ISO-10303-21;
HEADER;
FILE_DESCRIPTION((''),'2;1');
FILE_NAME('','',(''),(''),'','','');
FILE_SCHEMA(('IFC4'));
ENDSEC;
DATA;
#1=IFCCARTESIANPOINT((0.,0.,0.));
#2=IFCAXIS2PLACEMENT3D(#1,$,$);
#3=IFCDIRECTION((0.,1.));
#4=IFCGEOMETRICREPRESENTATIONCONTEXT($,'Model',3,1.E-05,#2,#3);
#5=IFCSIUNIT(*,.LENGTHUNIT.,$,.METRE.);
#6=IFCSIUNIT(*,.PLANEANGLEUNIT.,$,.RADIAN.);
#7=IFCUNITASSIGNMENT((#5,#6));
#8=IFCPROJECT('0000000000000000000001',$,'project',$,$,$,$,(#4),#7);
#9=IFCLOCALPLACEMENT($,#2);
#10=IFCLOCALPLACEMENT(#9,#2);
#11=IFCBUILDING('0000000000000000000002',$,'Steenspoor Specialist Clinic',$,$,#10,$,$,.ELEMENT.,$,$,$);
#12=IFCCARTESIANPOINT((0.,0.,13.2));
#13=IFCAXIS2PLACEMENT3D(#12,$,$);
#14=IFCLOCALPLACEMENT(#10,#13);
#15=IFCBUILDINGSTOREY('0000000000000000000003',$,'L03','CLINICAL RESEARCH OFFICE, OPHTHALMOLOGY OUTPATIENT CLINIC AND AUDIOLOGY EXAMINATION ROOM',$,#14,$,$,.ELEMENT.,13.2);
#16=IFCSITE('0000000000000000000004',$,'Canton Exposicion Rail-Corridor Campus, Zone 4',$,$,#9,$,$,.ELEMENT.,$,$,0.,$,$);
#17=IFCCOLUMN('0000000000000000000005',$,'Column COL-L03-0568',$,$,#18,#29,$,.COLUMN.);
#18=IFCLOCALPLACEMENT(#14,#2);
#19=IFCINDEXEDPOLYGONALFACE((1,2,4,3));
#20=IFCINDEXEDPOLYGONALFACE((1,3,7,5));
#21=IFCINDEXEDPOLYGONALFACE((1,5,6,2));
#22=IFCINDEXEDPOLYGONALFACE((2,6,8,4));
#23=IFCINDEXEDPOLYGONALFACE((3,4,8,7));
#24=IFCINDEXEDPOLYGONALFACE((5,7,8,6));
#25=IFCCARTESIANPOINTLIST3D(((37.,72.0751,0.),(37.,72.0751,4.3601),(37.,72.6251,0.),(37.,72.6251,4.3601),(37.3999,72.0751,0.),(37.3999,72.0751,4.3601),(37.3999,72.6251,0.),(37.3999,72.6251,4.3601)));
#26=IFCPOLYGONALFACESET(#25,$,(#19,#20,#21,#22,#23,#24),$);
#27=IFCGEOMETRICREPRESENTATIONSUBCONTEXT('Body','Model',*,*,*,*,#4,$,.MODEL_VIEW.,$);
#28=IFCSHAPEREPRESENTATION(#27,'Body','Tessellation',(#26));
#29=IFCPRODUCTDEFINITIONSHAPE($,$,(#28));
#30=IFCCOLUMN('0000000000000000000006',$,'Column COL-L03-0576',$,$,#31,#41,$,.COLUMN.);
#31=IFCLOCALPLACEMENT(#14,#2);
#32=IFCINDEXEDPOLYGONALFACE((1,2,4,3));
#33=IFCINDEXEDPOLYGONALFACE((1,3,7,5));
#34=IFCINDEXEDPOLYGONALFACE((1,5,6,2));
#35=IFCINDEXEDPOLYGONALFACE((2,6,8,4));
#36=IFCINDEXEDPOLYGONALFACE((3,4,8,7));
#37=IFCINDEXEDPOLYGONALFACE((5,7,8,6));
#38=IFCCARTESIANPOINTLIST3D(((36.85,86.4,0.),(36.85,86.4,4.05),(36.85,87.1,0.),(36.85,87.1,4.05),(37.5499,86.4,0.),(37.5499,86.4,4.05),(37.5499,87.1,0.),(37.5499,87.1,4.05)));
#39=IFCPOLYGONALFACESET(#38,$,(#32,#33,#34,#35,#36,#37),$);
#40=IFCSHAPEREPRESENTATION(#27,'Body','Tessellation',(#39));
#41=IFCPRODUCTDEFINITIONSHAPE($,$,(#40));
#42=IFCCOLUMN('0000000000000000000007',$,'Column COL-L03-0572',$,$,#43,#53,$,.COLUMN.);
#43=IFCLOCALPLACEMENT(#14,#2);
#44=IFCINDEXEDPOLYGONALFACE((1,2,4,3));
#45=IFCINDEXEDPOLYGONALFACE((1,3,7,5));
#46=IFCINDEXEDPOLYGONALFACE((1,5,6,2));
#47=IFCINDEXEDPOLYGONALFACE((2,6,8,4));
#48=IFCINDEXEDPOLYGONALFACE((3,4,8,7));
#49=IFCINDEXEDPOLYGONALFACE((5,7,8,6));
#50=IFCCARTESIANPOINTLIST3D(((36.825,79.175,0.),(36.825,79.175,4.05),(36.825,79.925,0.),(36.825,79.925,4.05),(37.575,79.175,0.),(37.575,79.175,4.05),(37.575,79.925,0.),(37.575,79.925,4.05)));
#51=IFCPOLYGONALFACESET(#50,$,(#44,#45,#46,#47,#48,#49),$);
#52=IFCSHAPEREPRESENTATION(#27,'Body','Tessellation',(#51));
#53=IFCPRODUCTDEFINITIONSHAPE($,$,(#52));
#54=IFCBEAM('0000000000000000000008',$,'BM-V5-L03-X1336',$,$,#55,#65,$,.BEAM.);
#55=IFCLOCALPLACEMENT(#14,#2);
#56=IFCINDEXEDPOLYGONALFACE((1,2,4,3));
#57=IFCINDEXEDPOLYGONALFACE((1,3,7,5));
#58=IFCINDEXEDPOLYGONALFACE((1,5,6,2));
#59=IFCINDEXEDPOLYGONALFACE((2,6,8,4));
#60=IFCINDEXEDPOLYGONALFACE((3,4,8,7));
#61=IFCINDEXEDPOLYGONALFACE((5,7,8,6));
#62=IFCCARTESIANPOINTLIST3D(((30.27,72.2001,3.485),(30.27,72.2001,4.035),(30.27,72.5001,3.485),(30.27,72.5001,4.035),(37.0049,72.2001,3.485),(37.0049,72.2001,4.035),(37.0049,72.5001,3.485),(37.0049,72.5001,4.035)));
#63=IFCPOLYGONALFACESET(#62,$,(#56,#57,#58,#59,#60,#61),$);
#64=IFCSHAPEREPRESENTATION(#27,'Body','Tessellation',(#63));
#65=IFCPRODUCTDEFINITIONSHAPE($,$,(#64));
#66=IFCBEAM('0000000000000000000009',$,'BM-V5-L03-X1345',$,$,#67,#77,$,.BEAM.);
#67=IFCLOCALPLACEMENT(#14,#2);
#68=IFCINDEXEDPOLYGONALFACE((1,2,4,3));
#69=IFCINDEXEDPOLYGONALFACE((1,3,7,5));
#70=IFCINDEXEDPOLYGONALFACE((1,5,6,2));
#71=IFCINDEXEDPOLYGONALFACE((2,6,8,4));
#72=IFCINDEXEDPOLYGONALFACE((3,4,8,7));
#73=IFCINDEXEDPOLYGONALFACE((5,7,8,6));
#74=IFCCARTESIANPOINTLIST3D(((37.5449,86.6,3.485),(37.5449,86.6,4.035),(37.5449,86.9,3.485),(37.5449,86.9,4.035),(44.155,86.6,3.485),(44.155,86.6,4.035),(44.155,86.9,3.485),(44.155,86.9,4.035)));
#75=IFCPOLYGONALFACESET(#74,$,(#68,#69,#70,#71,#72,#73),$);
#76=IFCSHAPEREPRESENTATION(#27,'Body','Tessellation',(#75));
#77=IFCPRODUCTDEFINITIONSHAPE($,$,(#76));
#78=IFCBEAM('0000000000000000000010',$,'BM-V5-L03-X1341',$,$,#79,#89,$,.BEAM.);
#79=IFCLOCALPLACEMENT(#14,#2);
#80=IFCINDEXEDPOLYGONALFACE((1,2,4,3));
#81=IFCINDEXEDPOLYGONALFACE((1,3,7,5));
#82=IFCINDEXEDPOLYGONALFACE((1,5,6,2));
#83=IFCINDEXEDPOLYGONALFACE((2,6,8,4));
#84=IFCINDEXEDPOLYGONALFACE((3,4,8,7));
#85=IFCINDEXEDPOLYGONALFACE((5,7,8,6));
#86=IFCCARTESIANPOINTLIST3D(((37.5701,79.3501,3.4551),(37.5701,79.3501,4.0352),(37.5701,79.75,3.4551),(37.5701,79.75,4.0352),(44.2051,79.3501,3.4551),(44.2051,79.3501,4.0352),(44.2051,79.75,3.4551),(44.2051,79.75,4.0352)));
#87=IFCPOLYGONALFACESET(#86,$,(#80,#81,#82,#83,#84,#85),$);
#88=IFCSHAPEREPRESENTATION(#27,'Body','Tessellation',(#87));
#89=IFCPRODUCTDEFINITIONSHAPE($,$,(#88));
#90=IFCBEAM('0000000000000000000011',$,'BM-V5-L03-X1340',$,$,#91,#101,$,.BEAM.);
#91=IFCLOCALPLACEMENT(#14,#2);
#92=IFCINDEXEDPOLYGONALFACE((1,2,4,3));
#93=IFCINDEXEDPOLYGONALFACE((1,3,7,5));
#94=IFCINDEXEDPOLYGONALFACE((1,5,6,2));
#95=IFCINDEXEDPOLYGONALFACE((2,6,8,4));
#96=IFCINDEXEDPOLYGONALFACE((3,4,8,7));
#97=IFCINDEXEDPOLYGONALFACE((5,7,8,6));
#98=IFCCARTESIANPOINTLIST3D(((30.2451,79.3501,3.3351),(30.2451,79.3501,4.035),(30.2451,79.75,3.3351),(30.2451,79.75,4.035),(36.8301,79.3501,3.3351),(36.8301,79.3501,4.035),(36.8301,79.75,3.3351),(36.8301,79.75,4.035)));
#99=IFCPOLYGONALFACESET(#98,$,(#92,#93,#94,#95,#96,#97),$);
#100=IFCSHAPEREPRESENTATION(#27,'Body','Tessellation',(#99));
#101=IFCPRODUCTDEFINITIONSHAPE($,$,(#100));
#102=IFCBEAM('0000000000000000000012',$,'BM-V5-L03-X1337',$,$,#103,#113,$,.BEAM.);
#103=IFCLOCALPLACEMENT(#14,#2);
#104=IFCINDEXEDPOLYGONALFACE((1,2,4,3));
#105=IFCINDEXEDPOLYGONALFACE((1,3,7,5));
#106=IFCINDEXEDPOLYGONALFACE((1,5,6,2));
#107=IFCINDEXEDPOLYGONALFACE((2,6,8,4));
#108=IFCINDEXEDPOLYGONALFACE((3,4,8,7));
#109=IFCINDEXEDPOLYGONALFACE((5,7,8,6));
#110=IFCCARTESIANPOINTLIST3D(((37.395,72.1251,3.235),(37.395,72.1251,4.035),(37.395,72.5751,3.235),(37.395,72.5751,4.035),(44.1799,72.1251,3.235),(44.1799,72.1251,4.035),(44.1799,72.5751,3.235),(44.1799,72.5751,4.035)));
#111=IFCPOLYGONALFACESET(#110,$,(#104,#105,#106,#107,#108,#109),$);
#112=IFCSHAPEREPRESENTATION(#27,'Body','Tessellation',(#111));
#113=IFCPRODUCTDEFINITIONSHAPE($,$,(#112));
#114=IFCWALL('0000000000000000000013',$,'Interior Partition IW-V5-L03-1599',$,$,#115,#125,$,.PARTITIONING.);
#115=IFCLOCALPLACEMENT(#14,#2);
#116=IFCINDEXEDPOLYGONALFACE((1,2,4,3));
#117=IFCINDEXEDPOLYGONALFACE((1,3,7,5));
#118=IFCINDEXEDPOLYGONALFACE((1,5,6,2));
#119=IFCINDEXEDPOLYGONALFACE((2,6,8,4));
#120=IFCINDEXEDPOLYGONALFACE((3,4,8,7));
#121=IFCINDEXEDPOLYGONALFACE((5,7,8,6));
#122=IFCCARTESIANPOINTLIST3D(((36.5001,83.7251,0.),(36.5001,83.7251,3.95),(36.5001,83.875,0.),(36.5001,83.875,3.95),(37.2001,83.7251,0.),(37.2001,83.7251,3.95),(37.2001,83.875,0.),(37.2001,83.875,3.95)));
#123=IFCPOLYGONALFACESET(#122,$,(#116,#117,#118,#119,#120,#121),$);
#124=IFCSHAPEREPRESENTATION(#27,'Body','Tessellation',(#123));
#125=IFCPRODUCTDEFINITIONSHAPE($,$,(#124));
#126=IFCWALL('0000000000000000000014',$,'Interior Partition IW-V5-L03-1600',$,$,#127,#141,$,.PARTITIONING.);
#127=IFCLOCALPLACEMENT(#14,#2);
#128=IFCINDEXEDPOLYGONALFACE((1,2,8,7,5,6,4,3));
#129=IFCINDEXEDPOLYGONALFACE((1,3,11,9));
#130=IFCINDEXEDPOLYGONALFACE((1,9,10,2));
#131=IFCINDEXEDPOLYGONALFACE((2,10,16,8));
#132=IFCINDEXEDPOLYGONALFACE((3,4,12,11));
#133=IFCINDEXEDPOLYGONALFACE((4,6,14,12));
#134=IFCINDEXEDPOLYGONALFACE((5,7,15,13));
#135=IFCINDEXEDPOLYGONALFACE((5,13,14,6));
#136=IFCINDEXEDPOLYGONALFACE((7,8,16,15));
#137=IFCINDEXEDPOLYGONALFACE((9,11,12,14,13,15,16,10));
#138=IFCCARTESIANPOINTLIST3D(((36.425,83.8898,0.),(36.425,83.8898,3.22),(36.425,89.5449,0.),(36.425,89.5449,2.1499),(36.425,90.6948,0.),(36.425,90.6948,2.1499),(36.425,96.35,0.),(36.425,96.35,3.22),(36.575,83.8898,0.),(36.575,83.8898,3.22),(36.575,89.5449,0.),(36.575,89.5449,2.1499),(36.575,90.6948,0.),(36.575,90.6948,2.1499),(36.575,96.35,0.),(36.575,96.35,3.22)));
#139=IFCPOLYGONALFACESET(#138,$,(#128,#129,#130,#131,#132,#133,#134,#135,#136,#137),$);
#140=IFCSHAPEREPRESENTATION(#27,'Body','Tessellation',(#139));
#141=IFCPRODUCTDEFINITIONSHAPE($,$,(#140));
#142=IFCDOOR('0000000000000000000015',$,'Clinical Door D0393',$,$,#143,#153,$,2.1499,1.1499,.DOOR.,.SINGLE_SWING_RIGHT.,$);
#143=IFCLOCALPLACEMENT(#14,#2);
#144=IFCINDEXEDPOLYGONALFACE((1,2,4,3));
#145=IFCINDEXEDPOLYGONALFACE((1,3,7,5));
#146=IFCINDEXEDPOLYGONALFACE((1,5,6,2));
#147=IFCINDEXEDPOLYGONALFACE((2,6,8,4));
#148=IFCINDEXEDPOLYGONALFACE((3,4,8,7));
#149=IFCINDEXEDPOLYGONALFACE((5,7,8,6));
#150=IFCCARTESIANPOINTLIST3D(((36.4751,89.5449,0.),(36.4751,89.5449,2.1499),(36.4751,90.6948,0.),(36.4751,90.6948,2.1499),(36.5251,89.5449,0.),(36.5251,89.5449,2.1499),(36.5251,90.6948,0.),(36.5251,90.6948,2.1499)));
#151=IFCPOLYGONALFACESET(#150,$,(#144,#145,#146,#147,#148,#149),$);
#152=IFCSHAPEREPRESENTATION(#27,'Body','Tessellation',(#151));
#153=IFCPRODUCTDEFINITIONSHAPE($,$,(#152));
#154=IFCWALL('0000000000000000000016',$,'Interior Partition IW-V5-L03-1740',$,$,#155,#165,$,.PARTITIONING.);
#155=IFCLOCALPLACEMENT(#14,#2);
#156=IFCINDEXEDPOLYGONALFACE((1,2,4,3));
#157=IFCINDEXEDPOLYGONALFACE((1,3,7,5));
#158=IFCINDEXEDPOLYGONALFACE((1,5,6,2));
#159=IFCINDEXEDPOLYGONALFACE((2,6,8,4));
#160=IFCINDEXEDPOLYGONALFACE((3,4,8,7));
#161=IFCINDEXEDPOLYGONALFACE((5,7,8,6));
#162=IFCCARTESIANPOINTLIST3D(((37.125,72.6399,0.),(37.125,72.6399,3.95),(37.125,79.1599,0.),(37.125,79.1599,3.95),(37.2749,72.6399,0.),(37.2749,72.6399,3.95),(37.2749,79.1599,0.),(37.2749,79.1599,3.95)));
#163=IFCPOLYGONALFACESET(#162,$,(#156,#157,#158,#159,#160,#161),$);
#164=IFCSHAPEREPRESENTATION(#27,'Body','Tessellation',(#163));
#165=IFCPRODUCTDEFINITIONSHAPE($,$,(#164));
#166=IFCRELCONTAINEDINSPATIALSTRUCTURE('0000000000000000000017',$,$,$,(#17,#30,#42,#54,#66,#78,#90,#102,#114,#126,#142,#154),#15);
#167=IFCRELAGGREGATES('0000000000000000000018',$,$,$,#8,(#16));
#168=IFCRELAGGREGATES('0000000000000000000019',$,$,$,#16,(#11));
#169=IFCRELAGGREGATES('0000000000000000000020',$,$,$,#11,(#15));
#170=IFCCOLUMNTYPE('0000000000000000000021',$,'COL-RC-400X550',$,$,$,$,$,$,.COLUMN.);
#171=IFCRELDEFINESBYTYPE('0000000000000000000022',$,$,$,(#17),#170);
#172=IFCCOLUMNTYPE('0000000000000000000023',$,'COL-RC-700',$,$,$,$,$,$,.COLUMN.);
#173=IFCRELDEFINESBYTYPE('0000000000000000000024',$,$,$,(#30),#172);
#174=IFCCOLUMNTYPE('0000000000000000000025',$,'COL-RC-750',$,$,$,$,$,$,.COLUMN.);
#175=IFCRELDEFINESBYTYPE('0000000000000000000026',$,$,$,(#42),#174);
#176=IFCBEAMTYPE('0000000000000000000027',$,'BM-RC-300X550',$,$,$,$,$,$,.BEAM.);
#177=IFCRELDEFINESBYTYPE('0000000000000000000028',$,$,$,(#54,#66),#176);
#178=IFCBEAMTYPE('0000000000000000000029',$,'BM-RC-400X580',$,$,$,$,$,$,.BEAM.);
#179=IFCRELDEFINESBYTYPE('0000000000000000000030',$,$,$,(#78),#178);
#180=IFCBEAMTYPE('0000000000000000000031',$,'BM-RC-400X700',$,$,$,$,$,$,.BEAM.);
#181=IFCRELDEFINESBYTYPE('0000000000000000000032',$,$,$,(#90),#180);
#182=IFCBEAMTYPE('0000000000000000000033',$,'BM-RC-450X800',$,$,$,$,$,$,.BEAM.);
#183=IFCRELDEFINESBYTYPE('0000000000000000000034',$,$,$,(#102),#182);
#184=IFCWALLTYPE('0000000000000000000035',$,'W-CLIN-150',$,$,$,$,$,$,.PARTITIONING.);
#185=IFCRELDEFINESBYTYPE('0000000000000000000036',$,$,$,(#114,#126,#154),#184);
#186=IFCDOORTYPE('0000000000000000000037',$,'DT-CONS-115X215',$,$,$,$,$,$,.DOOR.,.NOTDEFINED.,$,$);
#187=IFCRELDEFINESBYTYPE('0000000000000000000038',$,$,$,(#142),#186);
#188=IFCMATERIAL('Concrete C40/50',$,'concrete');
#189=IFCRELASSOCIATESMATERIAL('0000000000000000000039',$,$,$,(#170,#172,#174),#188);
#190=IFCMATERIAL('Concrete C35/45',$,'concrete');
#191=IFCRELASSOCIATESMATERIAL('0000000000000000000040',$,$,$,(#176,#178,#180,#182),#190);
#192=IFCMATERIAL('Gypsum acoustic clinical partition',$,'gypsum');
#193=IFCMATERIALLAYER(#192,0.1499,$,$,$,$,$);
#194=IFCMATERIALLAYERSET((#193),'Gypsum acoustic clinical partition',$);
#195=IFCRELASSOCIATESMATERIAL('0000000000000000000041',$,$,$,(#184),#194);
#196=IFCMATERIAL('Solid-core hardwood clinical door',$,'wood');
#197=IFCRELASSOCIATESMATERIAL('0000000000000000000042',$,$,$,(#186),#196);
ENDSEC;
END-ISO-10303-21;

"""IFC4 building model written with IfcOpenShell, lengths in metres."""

from ifc_helpers import new_model, si_unit, direction, frame, frame_2d, origin, origin_2d, place, context, subcontext, project, spatial, rectangle, extrude, material, layer, layer_set, material_profile, profile_set, type_object, element, fill, save


model = new_model("IFC4")

# Units and contexts
model_context = context("Model", 3, precision=1e-05, world=origin(), true_north=direction((0.0, 1.0)))
body_context = subcontext(model_context, "Body", "Model", "MODEL_VIEW")
ifc_project = project(units=[si_unit("LENGTHUNIT", "METRE"), si_unit("PLANEANGLEUNIT", "RADIAN")], contexts=[model_context])

# Site, building, storey
site_placement = place(None, origin())
site = spatial("IfcSite", under=ifc_project, at=site_placement, Name="Canton Exposicion Rail-Corridor Campus, Zone 4", CompositionType="ELEMENT", RefElevation=0.0)
building_placement = place(site_placement, origin())
building = spatial("IfcBuilding", under=site, at=building_placement, Name="Steenspoor Specialist Clinic", CompositionType="ELEMENT")
storey_placement = place(building_placement, frame((0.0, 0.0, 13.2)))
storey = spatial("IfcBuildingStorey", under=building, at=storey_placement, Name="L03", Description="CLINICAL RESEARCH OFFICE, OPHTHALMOLOGY OUTPATIENT CLINIC AND AUDIOLOGY EXAMINATION ROOM", CompositionType="ELEMENT", Elevation=13.2)

# Columns
ifc_material_1 = material(Name="Concrete C40/50", Category="concrete")
ifc_material_profile_1 = material_profile(ifc_material_1, rectangle(XDim=0.3999, YDim=0.55, at=origin_2d()), Name="RC-COL-400X550")
ifc_profile_set_1 = profile_set([ifc_material_profile_1], Name="Concrete C40/50")
column_type_1 = type_object("IfcColumnType", Name="COL-RC-400X550", PredefinedType="COLUMN", material=ifc_profile_set_1)
column_1_placement = place(storey_placement, frame((37.2, 72.3501, 0.0), z_axis=(0.0, 0.0, 1.0), x_axis=(1.0, 0.0, 0.0)))
element("IfcColumn", 1, at=column_1_placement, inside=storey, type_object=column_type_1, Name="Column COL-L03-0568", PredefinedType="COLUMN", context=body_context, shape_type="SweptSolid", body=[
    extrude(rectangle(XDim=0.3999, YDim=0.55, at=origin_2d()), origin(), (0.0, 0.0, 1.0), 4.3601),
])
ifc_material_profile_2 = material_profile(ifc_material_1, rectangle(XDim=0.7, YDim=0.7, at=origin_2d()), Name="RC-COL-700X700")
ifc_profile_set_2 = profile_set([ifc_material_profile_2], Name="Concrete C40/50")
column_type_2 = type_object("IfcColumnType", Name="COL-RC-700", PredefinedType="COLUMN", material=ifc_profile_set_2)
column_2_placement = place(storey_placement, frame((37.2, 86.75, 0.0), z_axis=(0.0, 0.0, 1.0), x_axis=(1.0, 0.0, 0.0)))
element("IfcColumn", 2, at=column_2_placement, inside=storey, type_object=column_type_2, Name="Column COL-L03-0576", PredefinedType="COLUMN", context=body_context, shape_type="SweptSolid", body=[
    extrude(rectangle(XDim=0.7, YDim=0.7, at=origin_2d()), origin(), (0.0, 0.0, 1.0), 4.05),
])
ifc_material_profile_3 = material_profile(ifc_material_1, rectangle(XDim=0.75, YDim=0.75, at=origin_2d()), Name="RC-COL-750X750")
ifc_profile_set_3 = profile_set([ifc_material_profile_3], Name="Concrete C40/50")
column_type_3 = type_object("IfcColumnType", Name="COL-RC-750", PredefinedType="COLUMN", material=ifc_profile_set_3)
column_3_placement = place(storey_placement, frame((37.2, 79.55, 0.0), z_axis=(0.0, 0.0, 1.0), x_axis=(1.0, 0.0, 0.0)))
element("IfcColumn", 3, at=column_3_placement, inside=storey, type_object=column_type_3, Name="Column COL-L03-0572", PredefinedType="COLUMN", context=body_context, shape_type="SweptSolid", body=[
    extrude(rectangle(XDim=0.75, YDim=0.75, at=origin_2d()), origin(), (0.0, 0.0, 1.0), 4.05),
])

# Beams
ifc_material_2 = material(Name="Concrete C35/45", Category="concrete")
ifc_material_profile_4 = material_profile(ifc_material_2, rectangle(XDim=0.3, YDim=0.55, at=origin_2d()), Name="RC-BM-300X550")
ifc_profile_set_4 = profile_set([ifc_material_profile_4], Name="Concrete C35/45")
beam_type_1 = type_object("IfcBeamType", Name="BM-RC-300X550", PredefinedType="BEAM", material=ifc_profile_set_4)
beam_1_placement = place(storey_placement, frame((30.27, 72.3501, 3.76), z_axis=(1.0, 0.0, 0.0), x_axis=(0.0, 1.0, 0.0)))
element("IfcBeam", 4, at=beam_1_placement, inside=storey, type_object=beam_type_1, Name="BM-V5-L03-X1336", PredefinedType="BEAM", context=body_context, shape_type="SweptSolid", body=[
    extrude(rectangle(XDim=0.3, YDim=0.55, at=origin_2d()), origin(), (0.0, 0.0, 1.0), 6.7349),
])
beam_2_placement = place(storey_placement, frame((37.5449, 86.75, 3.76), z_axis=(1.0, 0.0, 0.0), x_axis=(0.0, 1.0, 0.0)))
element("IfcBeam", 5, at=beam_2_placement, inside=storey, type_object=beam_type_1, Name="BM-V5-L03-X1345", PredefinedType="BEAM", context=body_context, shape_type="SweptSolid", body=[
    extrude(rectangle(XDim=0.3, YDim=0.55, at=origin_2d()), origin(), (0.0, 0.0, 1.0), 6.6101),
])
ifc_material_profile_5 = material_profile(ifc_material_2, rectangle(XDim=0.3999, YDim=0.5801, at=origin_2d()), Name="RC-BM-400X580")
ifc_profile_set_5 = profile_set([ifc_material_profile_5], Name="Concrete C35/45")
beam_type_2 = type_object("IfcBeamType", Name="BM-RC-400X580", PredefinedType="BEAM", material=ifc_profile_set_5)
beam_3_placement = place(storey_placement, frame((37.5701, 79.55, 3.7451), z_axis=(1.0, 0.0, 0.0), x_axis=(0.0, 1.0, 0.0)))
element("IfcBeam", 6, at=beam_3_placement, inside=storey, type_object=beam_type_2, Name="BM-V5-L03-X1341", PredefinedType="BEAM", context=body_context, shape_type="SweptSolid", body=[
    extrude(rectangle(XDim=0.3999, YDim=0.5801, at=origin_2d()), origin(), (0.0, 0.0, 1.0), 6.635),
])
ifc_material_profile_6 = material_profile(ifc_material_2, rectangle(XDim=0.3999, YDim=0.7, at=origin_2d()), Name="RC-BM-400X700")
ifc_profile_set_6 = profile_set([ifc_material_profile_6], Name="Concrete C35/45")
beam_type_3 = type_object("IfcBeamType", Name="BM-RC-400X700", PredefinedType="BEAM", material=ifc_profile_set_6)
beam_4_placement = place(storey_placement, frame((30.2451, 79.55, 3.6851), z_axis=(1.0, 0.0, 0.0), x_axis=(0.0, 1.0, 0.0)))
element("IfcBeam", 7, at=beam_4_placement, inside=storey, type_object=beam_type_3, Name="BM-V5-L03-X1340", PredefinedType="BEAM", context=body_context, shape_type="SweptSolid", body=[
    extrude(rectangle(XDim=0.3999, YDim=0.7, at=origin_2d()), origin(), (0.0, 0.0, 1.0), 6.585),
])
ifc_material_profile_7 = material_profile(ifc_material_2, rectangle(XDim=0.45, YDim=0.8, at=origin_2d()), Name="RC-BM-450X800")
ifc_profile_set_7 = profile_set([ifc_material_profile_7], Name="Concrete C35/45")
beam_type_4 = type_object("IfcBeamType", Name="BM-RC-450X800", PredefinedType="BEAM", material=ifc_profile_set_7)
beam_5_placement = place(storey_placement, frame((37.395, 72.3501, 3.635), z_axis=(1.0, 0.0, 0.0), x_axis=(0.0, 1.0, 0.0)))
element("IfcBeam", 8, at=beam_5_placement, inside=storey, type_object=beam_type_4, Name="BM-V5-L03-X1337", PredefinedType="BEAM", context=body_context, shape_type="SweptSolid", body=[
    extrude(rectangle(XDim=0.45, YDim=0.8, at=origin_2d()), origin(), (0.0, 0.0, 1.0), 6.7849),
])

# Wall
ifc_material_3 = material(Name="Gypsum acoustic clinical partition", Category="gypsum")
ifc_layer_1 = layer(ifc_material_3, 0.1499)
ifc_layer_set_1 = layer_set([ifc_layer_1], Name="Gypsum acoustic clinical partition")
wall_type_1 = type_object("IfcWallType", Name="W-CLIN-150", PredefinedType="PARTITIONING", material=ifc_layer_set_1)
wall_1_placement = place(storey_placement, frame((36.5, 83.8, 0.0), z_axis=(0.0, 0.0, 1.0), x_axis=(1.0, 0.0, 0.0)))
element("IfcWall", 9, at=wall_1_placement, inside=storey, type_object=wall_type_1, Name="Interior Partition IW-V5-L03-1599", PredefinedType="PARTITIONING", context=body_context, shape_type="SweptSolid", body=[
    extrude(rectangle(XDim=0.7, YDim=0.1499, at=frame_2d((0.3501, 0.0))), origin(), (0.0, 0.0, 1.0), 3.95),
])

# Wall, opening, door
wall_2_placement = place(storey_placement, frame((36.5, 83.8899, 0.0), z_axis=(0.0, 0.0, 1.0), x_axis=(0.0, 1.0, 0.0)))
wall_2 = element("IfcWall", 10, at=wall_2_placement, inside=storey, type_object=wall_type_1, Name="Interior Partition IW-V5-L03-1600", PredefinedType="PARTITIONING", context=body_context, shape_type="SweptSolid", body=[
    extrude(rectangle(XDim=12.4602, YDim=0.1499, at=frame_2d((6.23, 0.0))), origin(), (0.0, 0.0, 1.0), 3.22),
])
opening_1_placement = place(wall_2_placement, frame((5.655, 0.0, 0.0)))
opening_1 = element("IfcOpeningElement", 11, at=opening_1_placement, cuts=wall_2, PredefinedType="OPENING", context=body_context, shape_type="SweptSolid", body=[
    extrude(rectangle(XDim=1.1499, YDim=2.1499, at=frame_2d((0.575, 1.075))), frame((0.0, 0.085, 0.0), z_axis=(0.0, -1.0, 0.0), x_axis=(1.0, 0.0, 0.0)), (0.0, 0.0, 1.0), 0.1699),
])
ifc_material_4 = material(Name="Solid-core hardwood clinical door", Category="wood")
door_type_1 = type_object("IfcDoorType", Name="DT-CONS-115X215", OperationType="NOTDEFINED", PredefinedType="DOOR", material=ifc_material_4)
door_1_placement = place(opening_1_placement, origin())
door_1 = element("IfcDoor", 12, at=door_1_placement, inside=storey, type_object=door_type_1, Name="Clinical Door D0393", OperationType="SINGLE_SWING_RIGHT", OverallHeight=2.1499, OverallWidth=1.1499, PredefinedType="DOOR", context=body_context, shape_type="SweptSolid", body=[
    extrude(rectangle(XDim=1.1499, YDim=2.1499, at=frame_2d((0.575, 1.075))), frame((0.0, 0.0249, 0.0), z_axis=(0.0, -1.0, 0.0), x_axis=(1.0, 0.0, 0.0)), (0.0, 0.0, 1.0), 0.05),
])
fill(opening_1, door_1)

# Wall
wall_3_placement = place(storey_placement, frame((37.2, 72.6399, 0.0), z_axis=(0.0, 0.0, 1.0), x_axis=(0.0, 1.0, 0.0)))
element("IfcWall", 13, at=wall_3_placement, inside=storey, type_object=wall_type_1, Name="Interior Partition IW-V5-L03-1740", PredefinedType="PARTITIONING", context=body_context, shape_type="SweptSolid", body=[
    extrude(rectangle(XDim=6.52, YDim=0.1499, at=frame_2d((3.26, 0.0))), origin(), (0.0, 0.0, 1.0), 3.95),
])

save(model, "model.ifc")
